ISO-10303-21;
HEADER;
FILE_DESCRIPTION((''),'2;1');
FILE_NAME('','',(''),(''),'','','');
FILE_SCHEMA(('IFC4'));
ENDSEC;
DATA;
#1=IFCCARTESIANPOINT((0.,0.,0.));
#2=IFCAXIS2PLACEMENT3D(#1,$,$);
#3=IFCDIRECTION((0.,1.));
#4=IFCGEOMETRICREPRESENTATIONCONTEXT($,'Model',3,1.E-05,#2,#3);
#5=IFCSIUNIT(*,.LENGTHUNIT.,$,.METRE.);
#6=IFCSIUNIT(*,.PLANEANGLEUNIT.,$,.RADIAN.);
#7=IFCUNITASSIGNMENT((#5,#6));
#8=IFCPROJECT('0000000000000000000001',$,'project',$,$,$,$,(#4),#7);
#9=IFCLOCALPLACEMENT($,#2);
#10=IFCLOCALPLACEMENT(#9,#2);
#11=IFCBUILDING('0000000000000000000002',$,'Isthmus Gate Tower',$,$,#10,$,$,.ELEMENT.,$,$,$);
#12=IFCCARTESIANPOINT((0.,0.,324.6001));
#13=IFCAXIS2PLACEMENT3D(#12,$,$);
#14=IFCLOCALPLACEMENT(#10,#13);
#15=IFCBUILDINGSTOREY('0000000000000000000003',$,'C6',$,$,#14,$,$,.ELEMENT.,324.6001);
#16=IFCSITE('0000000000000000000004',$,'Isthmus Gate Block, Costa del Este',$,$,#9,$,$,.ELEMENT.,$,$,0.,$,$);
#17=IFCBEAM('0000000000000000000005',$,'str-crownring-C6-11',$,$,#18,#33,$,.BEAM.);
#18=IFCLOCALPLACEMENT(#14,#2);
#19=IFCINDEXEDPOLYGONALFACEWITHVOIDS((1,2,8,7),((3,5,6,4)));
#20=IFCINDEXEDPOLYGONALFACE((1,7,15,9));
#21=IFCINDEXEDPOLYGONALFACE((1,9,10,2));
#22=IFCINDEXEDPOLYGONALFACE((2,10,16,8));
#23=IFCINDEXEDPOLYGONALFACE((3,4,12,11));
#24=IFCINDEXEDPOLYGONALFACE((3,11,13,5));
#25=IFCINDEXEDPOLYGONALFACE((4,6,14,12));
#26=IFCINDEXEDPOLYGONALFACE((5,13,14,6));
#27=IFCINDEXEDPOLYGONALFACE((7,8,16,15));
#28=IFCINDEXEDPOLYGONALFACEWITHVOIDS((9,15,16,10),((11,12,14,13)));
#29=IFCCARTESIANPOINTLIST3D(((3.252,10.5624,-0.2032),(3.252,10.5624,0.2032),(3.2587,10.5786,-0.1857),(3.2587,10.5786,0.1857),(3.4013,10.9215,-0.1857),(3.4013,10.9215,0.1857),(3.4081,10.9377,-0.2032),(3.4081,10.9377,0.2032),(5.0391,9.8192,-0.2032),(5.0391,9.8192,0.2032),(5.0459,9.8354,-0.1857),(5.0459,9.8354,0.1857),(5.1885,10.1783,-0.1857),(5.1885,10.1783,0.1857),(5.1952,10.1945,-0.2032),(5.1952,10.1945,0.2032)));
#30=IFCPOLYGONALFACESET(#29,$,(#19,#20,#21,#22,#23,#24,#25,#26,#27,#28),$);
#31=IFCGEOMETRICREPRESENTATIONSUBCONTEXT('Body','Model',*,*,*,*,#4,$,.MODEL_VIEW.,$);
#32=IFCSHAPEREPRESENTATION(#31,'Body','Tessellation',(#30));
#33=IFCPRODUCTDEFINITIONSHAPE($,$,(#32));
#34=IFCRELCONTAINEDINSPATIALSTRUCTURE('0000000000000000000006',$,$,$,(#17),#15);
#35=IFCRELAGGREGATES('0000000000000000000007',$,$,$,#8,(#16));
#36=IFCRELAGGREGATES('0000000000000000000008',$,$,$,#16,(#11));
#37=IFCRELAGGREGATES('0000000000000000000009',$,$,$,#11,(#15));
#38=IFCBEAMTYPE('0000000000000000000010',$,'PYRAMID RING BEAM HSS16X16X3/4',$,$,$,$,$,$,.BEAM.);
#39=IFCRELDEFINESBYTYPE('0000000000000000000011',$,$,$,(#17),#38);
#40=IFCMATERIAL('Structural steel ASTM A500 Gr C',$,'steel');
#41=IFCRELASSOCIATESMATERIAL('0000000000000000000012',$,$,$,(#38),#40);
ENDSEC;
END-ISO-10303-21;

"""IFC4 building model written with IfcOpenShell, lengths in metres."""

from ifc_helpers import new_model, si_unit, direction, frame, origin, origin_2d, place, context, subcontext, project, spatial, hollow_rectangle, extrude, material, material_profile, profile_set, type_object, element, save


model = new_model("IFC4")

# Units and contexts
model_context = context("Model", 3, precision=1e-05, world=origin(), true_north=direction((0.0, 1.0)))
body_context = subcontext(model_context, "Body", "Model", "MODEL_VIEW")
ifc_project = project(units=[si_unit("LENGTHUNIT", "METRE"), si_unit("PLANEANGLEUNIT", "RADIAN")], contexts=[model_context])

# Site, building, storey
site_placement = place(None, origin())
site = spatial("IfcSite", under=ifc_project, at=site_placement, Name="Isthmus Gate Block, Costa del Este", CompositionType="ELEMENT", RefElevation=0.0)
building_placement = place(site_placement, origin())
building = spatial("IfcBuilding", under=site, at=building_placement, Name="Isthmus Gate Tower", CompositionType="ELEMENT")
storey_placement = place(building_placement, frame((0.0, 0.0, 324.6001)))
storey = spatial("IfcBuildingStorey", under=building, at=storey_placement, Name="C6", CompositionType="ELEMENT", Elevation=324.6001)

# Beam
ifc_material = material(Name="Structural steel ASTM A500 Gr C", Category="steel")
ifc_material_profile = material_profile(ifc_material, hollow_rectangle(XDim=0.4065, YDim=0.4065, WallThickness=0.0176, at=origin_2d()), Name="HSS16X16X3/4")
ifc_profile_set = profile_set([ifc_material_profile], Name="Structural steel ASTM A500 Gr C")
beam_type = type_object("IfcBeamType", Name="PYRAMID RING BEAM HSS16X16X3/4", PredefinedType="BEAM", material=ifc_profile_set)
beam_1_placement = place(storey_placement, frame((5.1172, 10.0068, 0.0), z_axis=(-0.923345, 0.38397, 0.0), x_axis=(-0.38397, -0.923345, 0.0)))
element("IfcBeam", 1, at=beam_1_placement, inside=storey, type_object=beam_type, Name="str-crownring-C6-11", PredefinedType="BEAM", context=body_context, shape_type="SweptSolid", body=[
    extrude(hollow_rectangle(XDim=0.4065, YDim=0.4065, WallThickness=0.0176, at=origin_2d()), origin(), (0.0, 0.0, 1.0), 1.9355),
])

save(model, "model.ifc")
